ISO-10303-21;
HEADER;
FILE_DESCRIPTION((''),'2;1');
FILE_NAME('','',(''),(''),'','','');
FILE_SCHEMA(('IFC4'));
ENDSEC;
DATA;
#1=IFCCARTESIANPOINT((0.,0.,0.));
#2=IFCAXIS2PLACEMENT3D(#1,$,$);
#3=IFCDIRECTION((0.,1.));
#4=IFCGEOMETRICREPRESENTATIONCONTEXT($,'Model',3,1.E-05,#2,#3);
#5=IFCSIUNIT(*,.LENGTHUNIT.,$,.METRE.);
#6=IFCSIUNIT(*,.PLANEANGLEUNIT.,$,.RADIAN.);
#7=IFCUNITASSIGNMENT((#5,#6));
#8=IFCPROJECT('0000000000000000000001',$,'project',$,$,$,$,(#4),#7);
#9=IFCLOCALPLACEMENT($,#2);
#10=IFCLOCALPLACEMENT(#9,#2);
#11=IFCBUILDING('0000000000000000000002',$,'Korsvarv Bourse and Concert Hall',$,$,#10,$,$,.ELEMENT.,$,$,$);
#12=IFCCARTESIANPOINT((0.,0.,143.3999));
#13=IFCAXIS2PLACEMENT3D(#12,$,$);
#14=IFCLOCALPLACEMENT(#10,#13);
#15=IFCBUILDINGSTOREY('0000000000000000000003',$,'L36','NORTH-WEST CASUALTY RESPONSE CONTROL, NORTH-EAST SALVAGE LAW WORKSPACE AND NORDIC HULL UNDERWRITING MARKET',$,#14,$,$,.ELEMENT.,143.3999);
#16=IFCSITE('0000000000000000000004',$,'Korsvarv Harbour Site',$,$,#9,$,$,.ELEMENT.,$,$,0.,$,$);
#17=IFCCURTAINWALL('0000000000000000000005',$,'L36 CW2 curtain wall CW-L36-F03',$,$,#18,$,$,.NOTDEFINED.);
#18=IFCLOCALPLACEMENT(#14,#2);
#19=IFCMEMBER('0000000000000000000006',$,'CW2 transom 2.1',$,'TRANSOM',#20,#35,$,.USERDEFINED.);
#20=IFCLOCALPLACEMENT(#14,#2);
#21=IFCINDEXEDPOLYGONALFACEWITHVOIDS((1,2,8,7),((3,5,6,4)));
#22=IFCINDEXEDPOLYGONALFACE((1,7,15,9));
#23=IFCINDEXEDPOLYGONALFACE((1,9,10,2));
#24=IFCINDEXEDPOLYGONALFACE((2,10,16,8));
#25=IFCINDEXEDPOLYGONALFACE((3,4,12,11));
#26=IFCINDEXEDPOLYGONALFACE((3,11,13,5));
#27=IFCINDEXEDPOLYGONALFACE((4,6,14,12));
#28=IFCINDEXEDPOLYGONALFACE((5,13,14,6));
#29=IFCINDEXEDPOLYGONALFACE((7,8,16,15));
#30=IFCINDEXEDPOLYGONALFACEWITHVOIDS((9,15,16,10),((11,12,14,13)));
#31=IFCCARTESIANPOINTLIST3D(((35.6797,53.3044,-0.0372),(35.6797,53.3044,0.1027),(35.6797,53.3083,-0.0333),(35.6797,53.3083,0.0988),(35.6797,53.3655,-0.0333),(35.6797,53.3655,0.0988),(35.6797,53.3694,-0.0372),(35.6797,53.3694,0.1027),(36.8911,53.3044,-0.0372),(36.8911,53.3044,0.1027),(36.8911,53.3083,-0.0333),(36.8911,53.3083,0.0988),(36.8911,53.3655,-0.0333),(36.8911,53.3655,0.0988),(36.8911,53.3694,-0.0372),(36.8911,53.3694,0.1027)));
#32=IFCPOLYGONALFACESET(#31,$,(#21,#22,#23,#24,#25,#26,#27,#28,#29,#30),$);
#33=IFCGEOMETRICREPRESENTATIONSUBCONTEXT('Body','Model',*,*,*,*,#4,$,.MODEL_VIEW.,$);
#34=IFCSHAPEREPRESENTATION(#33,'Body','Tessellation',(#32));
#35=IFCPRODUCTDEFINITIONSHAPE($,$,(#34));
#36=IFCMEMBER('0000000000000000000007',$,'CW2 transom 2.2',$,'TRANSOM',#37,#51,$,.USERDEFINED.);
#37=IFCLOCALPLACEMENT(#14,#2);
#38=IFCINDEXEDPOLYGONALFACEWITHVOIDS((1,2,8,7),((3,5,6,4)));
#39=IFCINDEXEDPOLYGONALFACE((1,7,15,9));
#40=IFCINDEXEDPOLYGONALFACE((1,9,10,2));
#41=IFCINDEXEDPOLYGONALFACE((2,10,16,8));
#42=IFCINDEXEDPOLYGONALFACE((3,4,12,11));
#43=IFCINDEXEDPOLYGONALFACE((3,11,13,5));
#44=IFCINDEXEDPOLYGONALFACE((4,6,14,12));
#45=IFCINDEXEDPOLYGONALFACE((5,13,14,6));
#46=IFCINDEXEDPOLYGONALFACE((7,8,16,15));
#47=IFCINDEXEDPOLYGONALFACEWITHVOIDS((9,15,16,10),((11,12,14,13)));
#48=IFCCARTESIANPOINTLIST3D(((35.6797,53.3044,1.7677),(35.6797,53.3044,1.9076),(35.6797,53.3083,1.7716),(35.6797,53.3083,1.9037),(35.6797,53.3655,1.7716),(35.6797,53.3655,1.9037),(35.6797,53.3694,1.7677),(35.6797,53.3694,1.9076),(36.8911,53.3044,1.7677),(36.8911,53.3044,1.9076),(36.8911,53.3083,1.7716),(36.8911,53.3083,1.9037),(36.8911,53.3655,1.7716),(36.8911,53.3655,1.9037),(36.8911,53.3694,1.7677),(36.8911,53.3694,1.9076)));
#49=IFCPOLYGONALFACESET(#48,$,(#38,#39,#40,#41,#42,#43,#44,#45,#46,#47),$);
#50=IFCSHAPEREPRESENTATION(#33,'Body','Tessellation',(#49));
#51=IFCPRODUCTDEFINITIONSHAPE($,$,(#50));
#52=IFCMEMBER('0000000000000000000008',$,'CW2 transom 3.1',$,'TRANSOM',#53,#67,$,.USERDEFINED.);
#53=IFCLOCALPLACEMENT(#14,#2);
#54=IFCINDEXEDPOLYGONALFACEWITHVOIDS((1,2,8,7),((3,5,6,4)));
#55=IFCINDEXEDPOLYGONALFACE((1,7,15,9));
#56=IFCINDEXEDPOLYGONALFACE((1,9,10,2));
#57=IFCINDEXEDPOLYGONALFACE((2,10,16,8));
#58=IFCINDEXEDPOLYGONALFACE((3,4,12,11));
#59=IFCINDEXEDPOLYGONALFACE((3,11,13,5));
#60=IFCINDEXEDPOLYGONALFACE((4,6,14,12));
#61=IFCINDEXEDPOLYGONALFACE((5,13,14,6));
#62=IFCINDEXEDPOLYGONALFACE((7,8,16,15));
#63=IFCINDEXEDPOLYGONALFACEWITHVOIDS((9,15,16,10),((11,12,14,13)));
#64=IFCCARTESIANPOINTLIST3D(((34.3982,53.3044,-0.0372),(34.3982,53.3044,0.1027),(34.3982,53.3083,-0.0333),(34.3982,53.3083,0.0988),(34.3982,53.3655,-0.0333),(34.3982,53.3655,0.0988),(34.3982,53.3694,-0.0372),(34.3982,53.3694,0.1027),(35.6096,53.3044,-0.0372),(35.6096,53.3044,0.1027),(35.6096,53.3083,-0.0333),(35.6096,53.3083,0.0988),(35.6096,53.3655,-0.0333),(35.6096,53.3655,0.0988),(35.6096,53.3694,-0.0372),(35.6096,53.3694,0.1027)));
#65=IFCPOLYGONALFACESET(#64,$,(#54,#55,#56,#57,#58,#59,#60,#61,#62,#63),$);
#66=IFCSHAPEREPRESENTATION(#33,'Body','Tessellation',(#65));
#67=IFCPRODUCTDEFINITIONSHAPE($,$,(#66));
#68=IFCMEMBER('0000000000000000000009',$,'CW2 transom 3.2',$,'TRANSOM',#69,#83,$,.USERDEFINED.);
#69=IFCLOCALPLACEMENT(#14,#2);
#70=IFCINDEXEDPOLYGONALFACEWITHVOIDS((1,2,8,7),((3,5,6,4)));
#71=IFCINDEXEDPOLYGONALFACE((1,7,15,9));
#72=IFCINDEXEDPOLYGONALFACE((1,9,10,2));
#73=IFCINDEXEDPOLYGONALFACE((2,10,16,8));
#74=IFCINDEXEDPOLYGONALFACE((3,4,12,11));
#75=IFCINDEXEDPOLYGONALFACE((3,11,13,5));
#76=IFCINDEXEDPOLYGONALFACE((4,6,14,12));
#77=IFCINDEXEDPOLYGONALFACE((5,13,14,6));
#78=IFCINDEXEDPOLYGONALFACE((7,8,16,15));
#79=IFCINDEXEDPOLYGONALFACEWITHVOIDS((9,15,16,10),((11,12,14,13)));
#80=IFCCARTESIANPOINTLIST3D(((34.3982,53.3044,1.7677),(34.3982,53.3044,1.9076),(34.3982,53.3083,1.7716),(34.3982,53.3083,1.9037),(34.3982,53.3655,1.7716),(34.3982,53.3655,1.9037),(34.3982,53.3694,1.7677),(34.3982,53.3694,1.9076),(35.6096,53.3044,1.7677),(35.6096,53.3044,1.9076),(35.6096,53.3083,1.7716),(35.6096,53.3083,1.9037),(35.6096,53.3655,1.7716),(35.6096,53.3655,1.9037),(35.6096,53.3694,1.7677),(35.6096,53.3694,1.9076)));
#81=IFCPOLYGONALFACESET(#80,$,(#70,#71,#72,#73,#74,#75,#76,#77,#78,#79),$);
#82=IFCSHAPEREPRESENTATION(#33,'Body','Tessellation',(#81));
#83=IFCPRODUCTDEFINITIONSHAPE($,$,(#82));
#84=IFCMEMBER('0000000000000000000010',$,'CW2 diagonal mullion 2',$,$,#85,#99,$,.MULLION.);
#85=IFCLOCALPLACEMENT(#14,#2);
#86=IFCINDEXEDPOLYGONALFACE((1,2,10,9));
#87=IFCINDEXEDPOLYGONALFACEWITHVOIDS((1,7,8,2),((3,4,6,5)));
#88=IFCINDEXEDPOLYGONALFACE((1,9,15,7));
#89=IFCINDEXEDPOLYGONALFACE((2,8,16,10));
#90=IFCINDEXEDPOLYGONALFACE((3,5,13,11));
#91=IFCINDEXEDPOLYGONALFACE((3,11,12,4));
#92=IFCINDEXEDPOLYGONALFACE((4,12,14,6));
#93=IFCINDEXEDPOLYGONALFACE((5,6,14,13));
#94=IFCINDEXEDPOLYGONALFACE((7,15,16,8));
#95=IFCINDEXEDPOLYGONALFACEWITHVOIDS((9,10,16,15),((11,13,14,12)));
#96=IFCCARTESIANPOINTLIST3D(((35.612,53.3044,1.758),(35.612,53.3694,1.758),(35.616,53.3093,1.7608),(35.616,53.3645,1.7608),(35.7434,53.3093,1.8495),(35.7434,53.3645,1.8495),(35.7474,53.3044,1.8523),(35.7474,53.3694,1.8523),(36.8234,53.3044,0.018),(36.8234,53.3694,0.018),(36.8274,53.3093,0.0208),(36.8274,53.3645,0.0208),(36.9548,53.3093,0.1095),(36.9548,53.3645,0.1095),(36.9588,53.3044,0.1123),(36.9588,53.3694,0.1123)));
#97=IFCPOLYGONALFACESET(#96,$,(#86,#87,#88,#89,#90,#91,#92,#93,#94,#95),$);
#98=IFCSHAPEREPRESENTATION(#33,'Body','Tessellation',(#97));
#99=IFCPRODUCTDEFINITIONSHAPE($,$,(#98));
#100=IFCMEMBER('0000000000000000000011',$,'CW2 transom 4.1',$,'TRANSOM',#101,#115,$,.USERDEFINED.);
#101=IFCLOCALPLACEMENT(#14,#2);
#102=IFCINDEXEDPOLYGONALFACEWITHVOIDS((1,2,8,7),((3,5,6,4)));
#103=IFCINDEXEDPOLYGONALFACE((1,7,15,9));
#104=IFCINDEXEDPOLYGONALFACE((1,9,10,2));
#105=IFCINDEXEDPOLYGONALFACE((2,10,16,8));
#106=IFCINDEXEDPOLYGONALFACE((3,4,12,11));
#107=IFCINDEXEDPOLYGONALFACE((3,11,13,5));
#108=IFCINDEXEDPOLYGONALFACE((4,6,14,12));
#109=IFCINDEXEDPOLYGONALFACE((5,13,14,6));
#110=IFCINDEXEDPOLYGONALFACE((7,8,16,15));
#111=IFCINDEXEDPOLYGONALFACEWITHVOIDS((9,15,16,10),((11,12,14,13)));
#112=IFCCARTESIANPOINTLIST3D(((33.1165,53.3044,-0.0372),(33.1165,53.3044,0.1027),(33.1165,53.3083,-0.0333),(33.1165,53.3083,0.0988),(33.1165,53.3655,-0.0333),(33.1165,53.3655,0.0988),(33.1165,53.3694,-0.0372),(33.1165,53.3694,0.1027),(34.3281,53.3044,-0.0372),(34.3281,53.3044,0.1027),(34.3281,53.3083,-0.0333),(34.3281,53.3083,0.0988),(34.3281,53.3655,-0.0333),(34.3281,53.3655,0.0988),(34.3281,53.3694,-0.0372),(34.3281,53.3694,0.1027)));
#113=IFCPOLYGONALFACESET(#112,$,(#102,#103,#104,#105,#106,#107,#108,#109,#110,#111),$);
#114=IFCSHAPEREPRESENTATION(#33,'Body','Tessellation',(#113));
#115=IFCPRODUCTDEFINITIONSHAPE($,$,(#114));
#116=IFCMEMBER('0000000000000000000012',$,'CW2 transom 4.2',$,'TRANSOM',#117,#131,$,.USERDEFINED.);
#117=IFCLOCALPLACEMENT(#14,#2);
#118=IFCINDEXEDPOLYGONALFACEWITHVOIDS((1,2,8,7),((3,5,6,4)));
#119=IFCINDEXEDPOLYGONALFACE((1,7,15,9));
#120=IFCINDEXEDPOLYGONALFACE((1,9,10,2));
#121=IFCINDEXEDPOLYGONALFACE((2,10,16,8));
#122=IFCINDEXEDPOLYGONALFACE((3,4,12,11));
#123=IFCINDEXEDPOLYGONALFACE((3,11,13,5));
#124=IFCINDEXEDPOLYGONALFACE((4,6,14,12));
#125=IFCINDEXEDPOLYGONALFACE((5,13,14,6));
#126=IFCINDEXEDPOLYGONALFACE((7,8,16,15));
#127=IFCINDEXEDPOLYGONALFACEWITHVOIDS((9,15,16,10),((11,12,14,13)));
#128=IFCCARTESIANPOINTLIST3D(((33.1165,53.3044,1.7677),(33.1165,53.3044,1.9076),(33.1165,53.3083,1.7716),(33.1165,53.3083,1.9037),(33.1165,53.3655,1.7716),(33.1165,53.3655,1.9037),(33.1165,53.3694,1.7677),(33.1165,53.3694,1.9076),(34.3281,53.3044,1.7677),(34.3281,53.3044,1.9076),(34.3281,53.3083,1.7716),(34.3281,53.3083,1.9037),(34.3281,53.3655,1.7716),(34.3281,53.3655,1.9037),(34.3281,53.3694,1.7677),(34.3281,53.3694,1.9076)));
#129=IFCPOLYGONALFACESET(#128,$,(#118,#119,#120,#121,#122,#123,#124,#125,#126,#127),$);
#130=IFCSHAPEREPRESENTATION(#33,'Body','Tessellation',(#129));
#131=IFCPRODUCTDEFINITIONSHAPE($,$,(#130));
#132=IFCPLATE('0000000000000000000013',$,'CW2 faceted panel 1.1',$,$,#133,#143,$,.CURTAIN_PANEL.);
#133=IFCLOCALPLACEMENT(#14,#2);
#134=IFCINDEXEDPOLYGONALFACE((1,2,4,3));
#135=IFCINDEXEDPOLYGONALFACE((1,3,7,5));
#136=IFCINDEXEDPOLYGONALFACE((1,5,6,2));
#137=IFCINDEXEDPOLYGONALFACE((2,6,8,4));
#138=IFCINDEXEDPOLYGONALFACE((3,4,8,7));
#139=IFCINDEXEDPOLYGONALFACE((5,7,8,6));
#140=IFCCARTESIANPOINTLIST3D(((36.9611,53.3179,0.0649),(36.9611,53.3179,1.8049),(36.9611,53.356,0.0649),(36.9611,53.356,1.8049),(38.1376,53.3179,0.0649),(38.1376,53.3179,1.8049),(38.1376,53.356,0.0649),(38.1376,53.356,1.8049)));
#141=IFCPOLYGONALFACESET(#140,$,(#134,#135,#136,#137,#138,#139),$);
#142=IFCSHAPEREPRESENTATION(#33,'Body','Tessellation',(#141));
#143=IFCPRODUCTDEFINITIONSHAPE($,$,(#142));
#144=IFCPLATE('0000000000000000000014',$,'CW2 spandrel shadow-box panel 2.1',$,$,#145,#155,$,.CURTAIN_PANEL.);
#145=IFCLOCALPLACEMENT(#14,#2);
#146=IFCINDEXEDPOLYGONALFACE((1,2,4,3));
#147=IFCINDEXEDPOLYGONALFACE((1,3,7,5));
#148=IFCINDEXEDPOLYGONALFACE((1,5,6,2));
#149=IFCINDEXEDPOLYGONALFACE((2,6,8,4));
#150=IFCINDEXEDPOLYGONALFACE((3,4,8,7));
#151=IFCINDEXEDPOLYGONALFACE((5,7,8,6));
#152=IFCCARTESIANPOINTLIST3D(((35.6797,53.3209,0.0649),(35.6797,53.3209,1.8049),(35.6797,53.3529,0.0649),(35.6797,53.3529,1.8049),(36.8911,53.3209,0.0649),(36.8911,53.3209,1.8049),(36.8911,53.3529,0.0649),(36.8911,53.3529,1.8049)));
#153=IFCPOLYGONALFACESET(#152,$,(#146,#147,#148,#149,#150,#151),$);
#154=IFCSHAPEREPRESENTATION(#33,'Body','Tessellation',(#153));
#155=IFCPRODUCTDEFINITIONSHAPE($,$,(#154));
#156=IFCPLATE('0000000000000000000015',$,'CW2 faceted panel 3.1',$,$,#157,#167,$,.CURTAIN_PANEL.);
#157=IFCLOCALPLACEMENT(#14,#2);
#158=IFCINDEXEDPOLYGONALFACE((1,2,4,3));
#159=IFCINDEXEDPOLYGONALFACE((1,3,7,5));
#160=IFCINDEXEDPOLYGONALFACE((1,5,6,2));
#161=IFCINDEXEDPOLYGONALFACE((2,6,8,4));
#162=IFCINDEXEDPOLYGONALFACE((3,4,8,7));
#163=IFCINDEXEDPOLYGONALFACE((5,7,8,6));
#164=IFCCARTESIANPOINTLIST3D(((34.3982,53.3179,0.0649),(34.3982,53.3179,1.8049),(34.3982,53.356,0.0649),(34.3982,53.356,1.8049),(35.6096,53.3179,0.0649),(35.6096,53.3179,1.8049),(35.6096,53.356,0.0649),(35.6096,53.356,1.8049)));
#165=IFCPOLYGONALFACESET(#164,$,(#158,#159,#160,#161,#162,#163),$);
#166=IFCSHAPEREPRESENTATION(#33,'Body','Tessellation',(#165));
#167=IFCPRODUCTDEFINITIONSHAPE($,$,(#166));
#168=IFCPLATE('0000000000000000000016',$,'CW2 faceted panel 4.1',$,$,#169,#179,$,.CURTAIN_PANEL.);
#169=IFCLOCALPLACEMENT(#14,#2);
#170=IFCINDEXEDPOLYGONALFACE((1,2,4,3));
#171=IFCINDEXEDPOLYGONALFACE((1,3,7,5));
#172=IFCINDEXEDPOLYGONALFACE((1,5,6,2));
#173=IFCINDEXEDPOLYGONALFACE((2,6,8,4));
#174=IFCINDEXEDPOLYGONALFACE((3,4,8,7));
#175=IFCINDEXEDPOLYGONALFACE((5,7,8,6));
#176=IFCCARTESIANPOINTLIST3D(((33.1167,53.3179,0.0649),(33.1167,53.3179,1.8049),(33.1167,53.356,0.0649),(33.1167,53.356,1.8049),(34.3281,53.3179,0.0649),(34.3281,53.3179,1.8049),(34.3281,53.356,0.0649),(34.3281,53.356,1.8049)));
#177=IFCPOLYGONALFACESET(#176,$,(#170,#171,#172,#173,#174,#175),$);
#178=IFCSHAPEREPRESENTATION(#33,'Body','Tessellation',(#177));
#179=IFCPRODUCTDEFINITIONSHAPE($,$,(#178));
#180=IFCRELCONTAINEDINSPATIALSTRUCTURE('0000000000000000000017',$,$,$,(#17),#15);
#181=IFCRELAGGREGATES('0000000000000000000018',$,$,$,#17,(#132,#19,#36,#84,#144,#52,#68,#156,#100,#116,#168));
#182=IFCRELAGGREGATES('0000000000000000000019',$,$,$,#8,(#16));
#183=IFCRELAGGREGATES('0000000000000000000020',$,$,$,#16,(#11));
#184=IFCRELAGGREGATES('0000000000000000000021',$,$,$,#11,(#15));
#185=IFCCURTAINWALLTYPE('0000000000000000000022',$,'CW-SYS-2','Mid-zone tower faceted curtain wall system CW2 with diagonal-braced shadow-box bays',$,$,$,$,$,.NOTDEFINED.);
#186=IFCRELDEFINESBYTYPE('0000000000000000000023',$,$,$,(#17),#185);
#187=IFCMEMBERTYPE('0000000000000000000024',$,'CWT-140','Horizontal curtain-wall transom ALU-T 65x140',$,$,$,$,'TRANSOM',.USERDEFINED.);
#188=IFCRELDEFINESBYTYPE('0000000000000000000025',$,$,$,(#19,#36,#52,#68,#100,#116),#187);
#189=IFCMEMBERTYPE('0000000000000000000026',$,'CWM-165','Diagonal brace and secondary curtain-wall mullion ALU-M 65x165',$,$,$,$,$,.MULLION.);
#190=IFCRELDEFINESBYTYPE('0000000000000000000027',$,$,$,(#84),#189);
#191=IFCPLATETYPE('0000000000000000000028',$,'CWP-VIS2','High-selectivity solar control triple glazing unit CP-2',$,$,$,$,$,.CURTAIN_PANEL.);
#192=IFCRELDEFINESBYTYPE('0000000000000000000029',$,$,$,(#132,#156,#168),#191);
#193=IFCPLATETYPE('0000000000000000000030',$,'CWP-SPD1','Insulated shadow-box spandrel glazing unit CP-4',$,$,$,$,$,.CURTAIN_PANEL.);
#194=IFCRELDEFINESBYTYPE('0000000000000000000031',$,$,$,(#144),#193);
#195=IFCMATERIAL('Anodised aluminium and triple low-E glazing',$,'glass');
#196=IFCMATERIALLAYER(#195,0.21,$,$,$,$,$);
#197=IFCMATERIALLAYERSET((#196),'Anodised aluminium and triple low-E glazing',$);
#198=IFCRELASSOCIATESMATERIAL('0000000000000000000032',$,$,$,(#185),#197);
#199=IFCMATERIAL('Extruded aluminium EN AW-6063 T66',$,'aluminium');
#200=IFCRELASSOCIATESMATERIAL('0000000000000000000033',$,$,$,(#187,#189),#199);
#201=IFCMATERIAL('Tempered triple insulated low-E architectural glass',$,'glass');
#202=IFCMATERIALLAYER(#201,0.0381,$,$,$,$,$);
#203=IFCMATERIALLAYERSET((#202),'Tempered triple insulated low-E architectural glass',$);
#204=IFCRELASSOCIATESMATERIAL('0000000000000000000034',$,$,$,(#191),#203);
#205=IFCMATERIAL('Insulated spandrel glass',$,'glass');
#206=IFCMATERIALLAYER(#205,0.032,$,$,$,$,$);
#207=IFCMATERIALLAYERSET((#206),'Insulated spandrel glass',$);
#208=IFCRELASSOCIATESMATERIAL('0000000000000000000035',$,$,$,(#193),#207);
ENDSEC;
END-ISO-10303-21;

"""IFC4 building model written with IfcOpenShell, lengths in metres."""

from ifc_helpers import new_model, si_unit, direction, frame, origin, origin_2d, place, context, subcontext, project, spatial, rectangle, hollow_rectangle, extrude, source, transform, mapped, material, layer, layer_set, material_profile, profile_set, type_object, element, aggregate, save


model = new_model("IFC4")

# Units and contexts
model_context = context("Model", 3, precision=1e-05, world=origin(), true_north=direction((0.0, 1.0)))
body_context = subcontext(model_context, "Body", "Model", "MODEL_VIEW")
ifc_project = project(units=[si_unit("LENGTHUNIT", "METRE"), si_unit("PLANEANGLEUNIT", "RADIAN")], contexts=[model_context])

# Site, building, storey
site_placement = place(None, origin())
site = spatial("IfcSite", under=ifc_project, at=site_placement, Name="Korsvarv Harbour Site", CompositionType="ELEMENT", RefElevation=0.0)
building_placement = place(site_placement, origin())
building = spatial("IfcBuilding", under=site, at=building_placement, Name="Korsvarv Bourse and Concert Hall", CompositionType="ELEMENT")
storey_placement = place(building_placement, frame((0.0, 0.0, 143.3999)))
storey = spatial("IfcBuildingStorey", under=building, at=storey_placement, Name="L36", Description="NORTH-WEST CASUALTY RESPONSE CONTROL, NORTH-EAST SALVAGE LAW WORKSPACE AND NORDIC HULL UNDERWRITING MARKET", CompositionType="ELEMENT", Elevation=143.3999)

# Curtain wall, members, plates
ifc_material_1 = material(Name="Anodised aluminium and triple low-E glazing", Category="glass")
ifc_layer_1 = layer(ifc_material_1, 0.21)
ifc_layer_set_1 = layer_set([ifc_layer_1], Name="Anodised aluminium and triple low-E glazing")
curtain_wall_type = type_object("IfcCurtainWallType", Name="CW-SYS-2", Description="Mid-zone tower faceted curtain wall system CW2 with diagonal-braced shadow-box bays", PredefinedType="NOTDEFINED", material=ifc_layer_set_1)
curtain_wall_placement = place(storey_placement, origin())
curtain_wall = element("IfcCurtainWall", 1, at=curtain_wall_placement, inside=storey, type_object=curtain_wall_type, Name="L36 CW2 curtain wall CW-L36-F03", PredefinedType="NOTDEFINED")
ifc_material_2 = material(Name="Extruded aluminium EN AW-6063 T66", Category="aluminium")
ifc_material_profile_1 = material_profile(ifc_material_2, hollow_rectangle(XDim=0.0649, YDim=0.1399, WallThickness=0.0039, at=origin_2d()), Name="ALU-T 65x140")
ifc_profile_set_1 = profile_set([ifc_material_profile_1], Name="Extruded aluminium EN AW-6063 T66")
member_type_1 = type_object("IfcMemberType", Name="CWT-140", Description="Horizontal curtain-wall transom ALU-T 65x140", ElementType="TRANSOM", PredefinedType="USERDEFINED", material=ifc_profile_set_1)
shared_shape_1 = source(origin(), body_context, "Body", "SweptSolid", [
    extrude(hollow_rectangle(XDim=0.0649, YDim=0.1399, WallThickness=0.0039, at=origin_2d()), origin(), (0.0, 0.0, 1.0), 1.2114),
])
member_1_placement = place(storey_placement, frame((36.8911, 53.3369, 0.0327), z_axis=(-1.0, 0.0, 0.0), x_axis=(0.0, -1.0, 0.0)))
member_1 = element("IfcMember", 2, at=member_1_placement, type_object=member_type_1, Name="CW2 transom 2.1", ObjectType="TRANSOM", PredefinedType="USERDEFINED", context=body_context, shape_type="MappedRepresentation", body=[
    mapped(shared_shape_1, transform((0.0, 0.0, 0.0), scale=1.0)),
])
member_2_placement = place(storey_placement, frame((36.8911, 53.3369, 1.8376), z_axis=(-1.0, 0.0, 0.0), x_axis=(0.0, -1.0, 0.0)))
member_2 = element("IfcMember", 3, at=member_2_placement, type_object=member_type_1, Name="CW2 transom 2.2", ObjectType="TRANSOM", PredefinedType="USERDEFINED", context=body_context, shape_type="MappedRepresentation", body=[
    mapped(shared_shape_1, transform((0.0, 0.0, 0.0), scale=1.0)),
])
member_3_placement = place(storey_placement, frame((35.6096, 53.3369, 0.0327), z_axis=(-1.0, 0.0, 0.0), x_axis=(0.0, -1.0, 0.0)))
member_3 = element("IfcMember", 4, at=member_3_placement, type_object=member_type_1, Name="CW2 transom 3.1", ObjectType="TRANSOM", PredefinedType="USERDEFINED", context=body_context, shape_type="MappedRepresentation", body=[
    mapped(shared_shape_1, transform((0.0, 0.0, 0.0), scale=1.0)),
])
member_4_placement = place(storey_placement, frame((35.6096, 53.3369, 1.8376), z_axis=(-1.0, 0.0, 0.0), x_axis=(0.0, -1.0, 0.0)))
member_4 = element("IfcMember", 5, at=member_4_placement, type_object=member_type_1, Name="CW2 transom 3.2", ObjectType="TRANSOM", PredefinedType="USERDEFINED", context=body_context, shape_type="MappedRepresentation", body=[
    mapped(shared_shape_1, transform((0.0, 0.0, 0.0), scale=1.0)),
])
ifc_material_profile_2 = material_profile(ifc_material_2, hollow_rectangle(XDim=0.0649, YDim=0.165, WallThickness=0.0049, at=origin_2d()), Name="ALU-M 65x165")
ifc_profile_set_2 = profile_set([ifc_material_profile_2], Name="Extruded aluminium EN AW-6063 T66")
member_type_2 = type_object("IfcMemberType", Name="CWM-165", Description="Diagonal brace and secondary curtain-wall mullion ALU-M 65x165", PredefinedType="MULLION", material=ifc_profile_set_2)
shared_shape_2 = source(origin(), body_context, "Body", "SweptSolid", [
    extrude(hollow_rectangle(XDim=0.0649, YDim=0.165, WallThickness=0.0049, at=origin_2d()), origin(), (0.0, 0.0, 1.0), 2.1201),
])
member_5_placement = place(storey_placement, frame((36.8911, 53.3369, 0.0652), z_axis=(-0.571382, 0.0, 0.820685), x_axis=(0.0, -1.0, 0.0)))
member_5 = element("IfcMember", 6, at=member_5_placement, type_object=member_type_2, Name="CW2 diagonal mullion 2", PredefinedType="MULLION", context=body_context, shape_type="MappedRepresentation", body=[
    mapped(shared_shape_2, transform((0.0, 0.0, 0.0), scale=1.0)),
])
shared_shape_3 = source(origin(), body_context, "Body", "SweptSolid", [
    extrude(hollow_rectangle(XDim=0.0649, YDim=0.1399, WallThickness=0.0039, at=origin_2d()), origin(), (0.0, 0.0, 1.0), 1.2117),
])
member_6_placement = place(storey_placement, frame((34.3281, 53.3369, 0.0327), z_axis=(-1.0, 0.0, 0.0), x_axis=(0.0, -1.0, 0.0)))
member_6 = element("IfcMember", 7, at=member_6_placement, type_object=member_type_1, Name="CW2 transom 4.1", ObjectType="TRANSOM", PredefinedType="USERDEFINED", context=body_context, shape_type="MappedRepresentation", body=[
    mapped(shared_shape_3, transform((0.0, 0.0, 0.0), scale=1.0)),
])
member_7_placement = place(storey_placement, frame((34.3281, 53.3369, 1.8376), z_axis=(-1.0, 0.0, 0.0), x_axis=(0.0, -1.0, 0.0)))
member_7 = element("IfcMember", 8, at=member_7_placement, type_object=member_type_1, Name="CW2 transom 4.2", ObjectType="TRANSOM", PredefinedType="USERDEFINED", context=body_context, shape_type="MappedRepresentation", body=[
    mapped(shared_shape_3, transform((0.0, 0.0, 0.0), scale=1.0)),
])
ifc_material_3 = material(Name="Tempered triple insulated low-E architectural glass", Category="glass")
ifc_layer_2 = layer(ifc_material_3, 0.0381)
ifc_layer_set_2 = layer_set([ifc_layer_2], Name="Tempered triple insulated low-E architectural glass")
plate_type_1 = type_object("IfcPlateType", Name="CWP-VIS2", Description="High-selectivity solar control triple glazing unit CP-2", PredefinedType="CURTAIN_PANEL", material=ifc_layer_set_2)
shared_shape_4 = source(origin(), body_context, "Body", "SweptSolid", [
    extrude(rectangle(XDim=1.1765, YDim=0.0381, at=origin_2d()), origin(), (0.0, 0.0, 1.0), 1.74),
])
plate_1_placement = place(storey_placement, frame((37.5493, 53.3369, 0.0649), z_axis=(0.0, 0.0, 1.0), x_axis=(-1.0, 0.0, 0.0)))
plate_1 = element("IfcPlate", 9, at=plate_1_placement, type_object=plate_type_1, Name="CW2 faceted panel 1.1", PredefinedType="CURTAIN_PANEL", context=body_context, shape_type="MappedRepresentation", body=[
    mapped(shared_shape_4, transform((0.0, 0.0, 0.0), scale=1.0)),
])
ifc_material_4 = material(Name="Insulated spandrel glass", Category="glass")
ifc_layer_3 = layer(ifc_material_4, 0.032)
ifc_layer_set_3 = layer_set([ifc_layer_3], Name="Insulated spandrel glass")
plate_type_2 = type_object("IfcPlateType", Name="CWP-SPD1", Description="Insulated shadow-box spandrel glazing unit CP-4", PredefinedType="CURTAIN_PANEL", material=ifc_layer_set_3)
shared_shape_5 = source(origin(), body_context, "Body", "SweptSolid", [
    extrude(rectangle(XDim=1.2114, YDim=0.032, at=origin_2d()), origin(), (0.0, 0.0, 1.0), 1.74),
])
plate_2_placement = place(storey_placement, frame((36.2854, 53.3369, 0.0649), z_axis=(0.0, 0.0, 1.0), x_axis=(-1.0, 0.0, 0.0)))
plate_2 = element("IfcPlate", 10, at=plate_2_placement, type_object=plate_type_2, Name="CW2 spandrel shadow-box panel 2.1", PredefinedType="CURTAIN_PANEL", context=body_context, shape_type="MappedRepresentation", body=[
    mapped(shared_shape_5, transform((0.0, 0.0, 0.0), scale=1.0)),
])
shared_shape_6 = source(origin(), body_context, "Body", "SweptSolid", [
    extrude(rectangle(XDim=1.2114, YDim=0.0381, at=origin_2d()), origin(), (0.0, 0.0, 1.0), 1.74),
])
plate_3_placement = place(storey_placement, frame((35.0039, 53.3369, 0.0649), z_axis=(0.0, 0.0, 1.0), x_axis=(-1.0, 0.0, 0.0)))
plate_3 = element("IfcPlate", 11, at=plate_3_placement, type_object=plate_type_1, Name="CW2 faceted panel 3.1", PredefinedType="CURTAIN_PANEL", context=body_context, shape_type="MappedRepresentation", body=[
    mapped(shared_shape_6, transform((0.0, 0.0, 0.0), scale=1.0)),
])
plate_4_placement = place(storey_placement, frame((33.7224, 53.3369, 0.0649), z_axis=(0.0, 0.0, 1.0), x_axis=(-1.0, 0.0, 0.0)))
plate_4 = element("IfcPlate", 12, at=plate_4_placement, type_object=plate_type_1, Name="CW2 faceted panel 4.1", PredefinedType="CURTAIN_PANEL", context=body_context, shape_type="MappedRepresentation", body=[
    mapped(shared_shape_6, transform((0.0, 0.0, 0.0), scale=1.0)),
])
aggregate(curtain_wall, [plate_1, member_1, member_2, member_5, plate_2, member_3, member_4, plate_3, member_6, member_7, plate_4])

save(model, "model.ifc")
